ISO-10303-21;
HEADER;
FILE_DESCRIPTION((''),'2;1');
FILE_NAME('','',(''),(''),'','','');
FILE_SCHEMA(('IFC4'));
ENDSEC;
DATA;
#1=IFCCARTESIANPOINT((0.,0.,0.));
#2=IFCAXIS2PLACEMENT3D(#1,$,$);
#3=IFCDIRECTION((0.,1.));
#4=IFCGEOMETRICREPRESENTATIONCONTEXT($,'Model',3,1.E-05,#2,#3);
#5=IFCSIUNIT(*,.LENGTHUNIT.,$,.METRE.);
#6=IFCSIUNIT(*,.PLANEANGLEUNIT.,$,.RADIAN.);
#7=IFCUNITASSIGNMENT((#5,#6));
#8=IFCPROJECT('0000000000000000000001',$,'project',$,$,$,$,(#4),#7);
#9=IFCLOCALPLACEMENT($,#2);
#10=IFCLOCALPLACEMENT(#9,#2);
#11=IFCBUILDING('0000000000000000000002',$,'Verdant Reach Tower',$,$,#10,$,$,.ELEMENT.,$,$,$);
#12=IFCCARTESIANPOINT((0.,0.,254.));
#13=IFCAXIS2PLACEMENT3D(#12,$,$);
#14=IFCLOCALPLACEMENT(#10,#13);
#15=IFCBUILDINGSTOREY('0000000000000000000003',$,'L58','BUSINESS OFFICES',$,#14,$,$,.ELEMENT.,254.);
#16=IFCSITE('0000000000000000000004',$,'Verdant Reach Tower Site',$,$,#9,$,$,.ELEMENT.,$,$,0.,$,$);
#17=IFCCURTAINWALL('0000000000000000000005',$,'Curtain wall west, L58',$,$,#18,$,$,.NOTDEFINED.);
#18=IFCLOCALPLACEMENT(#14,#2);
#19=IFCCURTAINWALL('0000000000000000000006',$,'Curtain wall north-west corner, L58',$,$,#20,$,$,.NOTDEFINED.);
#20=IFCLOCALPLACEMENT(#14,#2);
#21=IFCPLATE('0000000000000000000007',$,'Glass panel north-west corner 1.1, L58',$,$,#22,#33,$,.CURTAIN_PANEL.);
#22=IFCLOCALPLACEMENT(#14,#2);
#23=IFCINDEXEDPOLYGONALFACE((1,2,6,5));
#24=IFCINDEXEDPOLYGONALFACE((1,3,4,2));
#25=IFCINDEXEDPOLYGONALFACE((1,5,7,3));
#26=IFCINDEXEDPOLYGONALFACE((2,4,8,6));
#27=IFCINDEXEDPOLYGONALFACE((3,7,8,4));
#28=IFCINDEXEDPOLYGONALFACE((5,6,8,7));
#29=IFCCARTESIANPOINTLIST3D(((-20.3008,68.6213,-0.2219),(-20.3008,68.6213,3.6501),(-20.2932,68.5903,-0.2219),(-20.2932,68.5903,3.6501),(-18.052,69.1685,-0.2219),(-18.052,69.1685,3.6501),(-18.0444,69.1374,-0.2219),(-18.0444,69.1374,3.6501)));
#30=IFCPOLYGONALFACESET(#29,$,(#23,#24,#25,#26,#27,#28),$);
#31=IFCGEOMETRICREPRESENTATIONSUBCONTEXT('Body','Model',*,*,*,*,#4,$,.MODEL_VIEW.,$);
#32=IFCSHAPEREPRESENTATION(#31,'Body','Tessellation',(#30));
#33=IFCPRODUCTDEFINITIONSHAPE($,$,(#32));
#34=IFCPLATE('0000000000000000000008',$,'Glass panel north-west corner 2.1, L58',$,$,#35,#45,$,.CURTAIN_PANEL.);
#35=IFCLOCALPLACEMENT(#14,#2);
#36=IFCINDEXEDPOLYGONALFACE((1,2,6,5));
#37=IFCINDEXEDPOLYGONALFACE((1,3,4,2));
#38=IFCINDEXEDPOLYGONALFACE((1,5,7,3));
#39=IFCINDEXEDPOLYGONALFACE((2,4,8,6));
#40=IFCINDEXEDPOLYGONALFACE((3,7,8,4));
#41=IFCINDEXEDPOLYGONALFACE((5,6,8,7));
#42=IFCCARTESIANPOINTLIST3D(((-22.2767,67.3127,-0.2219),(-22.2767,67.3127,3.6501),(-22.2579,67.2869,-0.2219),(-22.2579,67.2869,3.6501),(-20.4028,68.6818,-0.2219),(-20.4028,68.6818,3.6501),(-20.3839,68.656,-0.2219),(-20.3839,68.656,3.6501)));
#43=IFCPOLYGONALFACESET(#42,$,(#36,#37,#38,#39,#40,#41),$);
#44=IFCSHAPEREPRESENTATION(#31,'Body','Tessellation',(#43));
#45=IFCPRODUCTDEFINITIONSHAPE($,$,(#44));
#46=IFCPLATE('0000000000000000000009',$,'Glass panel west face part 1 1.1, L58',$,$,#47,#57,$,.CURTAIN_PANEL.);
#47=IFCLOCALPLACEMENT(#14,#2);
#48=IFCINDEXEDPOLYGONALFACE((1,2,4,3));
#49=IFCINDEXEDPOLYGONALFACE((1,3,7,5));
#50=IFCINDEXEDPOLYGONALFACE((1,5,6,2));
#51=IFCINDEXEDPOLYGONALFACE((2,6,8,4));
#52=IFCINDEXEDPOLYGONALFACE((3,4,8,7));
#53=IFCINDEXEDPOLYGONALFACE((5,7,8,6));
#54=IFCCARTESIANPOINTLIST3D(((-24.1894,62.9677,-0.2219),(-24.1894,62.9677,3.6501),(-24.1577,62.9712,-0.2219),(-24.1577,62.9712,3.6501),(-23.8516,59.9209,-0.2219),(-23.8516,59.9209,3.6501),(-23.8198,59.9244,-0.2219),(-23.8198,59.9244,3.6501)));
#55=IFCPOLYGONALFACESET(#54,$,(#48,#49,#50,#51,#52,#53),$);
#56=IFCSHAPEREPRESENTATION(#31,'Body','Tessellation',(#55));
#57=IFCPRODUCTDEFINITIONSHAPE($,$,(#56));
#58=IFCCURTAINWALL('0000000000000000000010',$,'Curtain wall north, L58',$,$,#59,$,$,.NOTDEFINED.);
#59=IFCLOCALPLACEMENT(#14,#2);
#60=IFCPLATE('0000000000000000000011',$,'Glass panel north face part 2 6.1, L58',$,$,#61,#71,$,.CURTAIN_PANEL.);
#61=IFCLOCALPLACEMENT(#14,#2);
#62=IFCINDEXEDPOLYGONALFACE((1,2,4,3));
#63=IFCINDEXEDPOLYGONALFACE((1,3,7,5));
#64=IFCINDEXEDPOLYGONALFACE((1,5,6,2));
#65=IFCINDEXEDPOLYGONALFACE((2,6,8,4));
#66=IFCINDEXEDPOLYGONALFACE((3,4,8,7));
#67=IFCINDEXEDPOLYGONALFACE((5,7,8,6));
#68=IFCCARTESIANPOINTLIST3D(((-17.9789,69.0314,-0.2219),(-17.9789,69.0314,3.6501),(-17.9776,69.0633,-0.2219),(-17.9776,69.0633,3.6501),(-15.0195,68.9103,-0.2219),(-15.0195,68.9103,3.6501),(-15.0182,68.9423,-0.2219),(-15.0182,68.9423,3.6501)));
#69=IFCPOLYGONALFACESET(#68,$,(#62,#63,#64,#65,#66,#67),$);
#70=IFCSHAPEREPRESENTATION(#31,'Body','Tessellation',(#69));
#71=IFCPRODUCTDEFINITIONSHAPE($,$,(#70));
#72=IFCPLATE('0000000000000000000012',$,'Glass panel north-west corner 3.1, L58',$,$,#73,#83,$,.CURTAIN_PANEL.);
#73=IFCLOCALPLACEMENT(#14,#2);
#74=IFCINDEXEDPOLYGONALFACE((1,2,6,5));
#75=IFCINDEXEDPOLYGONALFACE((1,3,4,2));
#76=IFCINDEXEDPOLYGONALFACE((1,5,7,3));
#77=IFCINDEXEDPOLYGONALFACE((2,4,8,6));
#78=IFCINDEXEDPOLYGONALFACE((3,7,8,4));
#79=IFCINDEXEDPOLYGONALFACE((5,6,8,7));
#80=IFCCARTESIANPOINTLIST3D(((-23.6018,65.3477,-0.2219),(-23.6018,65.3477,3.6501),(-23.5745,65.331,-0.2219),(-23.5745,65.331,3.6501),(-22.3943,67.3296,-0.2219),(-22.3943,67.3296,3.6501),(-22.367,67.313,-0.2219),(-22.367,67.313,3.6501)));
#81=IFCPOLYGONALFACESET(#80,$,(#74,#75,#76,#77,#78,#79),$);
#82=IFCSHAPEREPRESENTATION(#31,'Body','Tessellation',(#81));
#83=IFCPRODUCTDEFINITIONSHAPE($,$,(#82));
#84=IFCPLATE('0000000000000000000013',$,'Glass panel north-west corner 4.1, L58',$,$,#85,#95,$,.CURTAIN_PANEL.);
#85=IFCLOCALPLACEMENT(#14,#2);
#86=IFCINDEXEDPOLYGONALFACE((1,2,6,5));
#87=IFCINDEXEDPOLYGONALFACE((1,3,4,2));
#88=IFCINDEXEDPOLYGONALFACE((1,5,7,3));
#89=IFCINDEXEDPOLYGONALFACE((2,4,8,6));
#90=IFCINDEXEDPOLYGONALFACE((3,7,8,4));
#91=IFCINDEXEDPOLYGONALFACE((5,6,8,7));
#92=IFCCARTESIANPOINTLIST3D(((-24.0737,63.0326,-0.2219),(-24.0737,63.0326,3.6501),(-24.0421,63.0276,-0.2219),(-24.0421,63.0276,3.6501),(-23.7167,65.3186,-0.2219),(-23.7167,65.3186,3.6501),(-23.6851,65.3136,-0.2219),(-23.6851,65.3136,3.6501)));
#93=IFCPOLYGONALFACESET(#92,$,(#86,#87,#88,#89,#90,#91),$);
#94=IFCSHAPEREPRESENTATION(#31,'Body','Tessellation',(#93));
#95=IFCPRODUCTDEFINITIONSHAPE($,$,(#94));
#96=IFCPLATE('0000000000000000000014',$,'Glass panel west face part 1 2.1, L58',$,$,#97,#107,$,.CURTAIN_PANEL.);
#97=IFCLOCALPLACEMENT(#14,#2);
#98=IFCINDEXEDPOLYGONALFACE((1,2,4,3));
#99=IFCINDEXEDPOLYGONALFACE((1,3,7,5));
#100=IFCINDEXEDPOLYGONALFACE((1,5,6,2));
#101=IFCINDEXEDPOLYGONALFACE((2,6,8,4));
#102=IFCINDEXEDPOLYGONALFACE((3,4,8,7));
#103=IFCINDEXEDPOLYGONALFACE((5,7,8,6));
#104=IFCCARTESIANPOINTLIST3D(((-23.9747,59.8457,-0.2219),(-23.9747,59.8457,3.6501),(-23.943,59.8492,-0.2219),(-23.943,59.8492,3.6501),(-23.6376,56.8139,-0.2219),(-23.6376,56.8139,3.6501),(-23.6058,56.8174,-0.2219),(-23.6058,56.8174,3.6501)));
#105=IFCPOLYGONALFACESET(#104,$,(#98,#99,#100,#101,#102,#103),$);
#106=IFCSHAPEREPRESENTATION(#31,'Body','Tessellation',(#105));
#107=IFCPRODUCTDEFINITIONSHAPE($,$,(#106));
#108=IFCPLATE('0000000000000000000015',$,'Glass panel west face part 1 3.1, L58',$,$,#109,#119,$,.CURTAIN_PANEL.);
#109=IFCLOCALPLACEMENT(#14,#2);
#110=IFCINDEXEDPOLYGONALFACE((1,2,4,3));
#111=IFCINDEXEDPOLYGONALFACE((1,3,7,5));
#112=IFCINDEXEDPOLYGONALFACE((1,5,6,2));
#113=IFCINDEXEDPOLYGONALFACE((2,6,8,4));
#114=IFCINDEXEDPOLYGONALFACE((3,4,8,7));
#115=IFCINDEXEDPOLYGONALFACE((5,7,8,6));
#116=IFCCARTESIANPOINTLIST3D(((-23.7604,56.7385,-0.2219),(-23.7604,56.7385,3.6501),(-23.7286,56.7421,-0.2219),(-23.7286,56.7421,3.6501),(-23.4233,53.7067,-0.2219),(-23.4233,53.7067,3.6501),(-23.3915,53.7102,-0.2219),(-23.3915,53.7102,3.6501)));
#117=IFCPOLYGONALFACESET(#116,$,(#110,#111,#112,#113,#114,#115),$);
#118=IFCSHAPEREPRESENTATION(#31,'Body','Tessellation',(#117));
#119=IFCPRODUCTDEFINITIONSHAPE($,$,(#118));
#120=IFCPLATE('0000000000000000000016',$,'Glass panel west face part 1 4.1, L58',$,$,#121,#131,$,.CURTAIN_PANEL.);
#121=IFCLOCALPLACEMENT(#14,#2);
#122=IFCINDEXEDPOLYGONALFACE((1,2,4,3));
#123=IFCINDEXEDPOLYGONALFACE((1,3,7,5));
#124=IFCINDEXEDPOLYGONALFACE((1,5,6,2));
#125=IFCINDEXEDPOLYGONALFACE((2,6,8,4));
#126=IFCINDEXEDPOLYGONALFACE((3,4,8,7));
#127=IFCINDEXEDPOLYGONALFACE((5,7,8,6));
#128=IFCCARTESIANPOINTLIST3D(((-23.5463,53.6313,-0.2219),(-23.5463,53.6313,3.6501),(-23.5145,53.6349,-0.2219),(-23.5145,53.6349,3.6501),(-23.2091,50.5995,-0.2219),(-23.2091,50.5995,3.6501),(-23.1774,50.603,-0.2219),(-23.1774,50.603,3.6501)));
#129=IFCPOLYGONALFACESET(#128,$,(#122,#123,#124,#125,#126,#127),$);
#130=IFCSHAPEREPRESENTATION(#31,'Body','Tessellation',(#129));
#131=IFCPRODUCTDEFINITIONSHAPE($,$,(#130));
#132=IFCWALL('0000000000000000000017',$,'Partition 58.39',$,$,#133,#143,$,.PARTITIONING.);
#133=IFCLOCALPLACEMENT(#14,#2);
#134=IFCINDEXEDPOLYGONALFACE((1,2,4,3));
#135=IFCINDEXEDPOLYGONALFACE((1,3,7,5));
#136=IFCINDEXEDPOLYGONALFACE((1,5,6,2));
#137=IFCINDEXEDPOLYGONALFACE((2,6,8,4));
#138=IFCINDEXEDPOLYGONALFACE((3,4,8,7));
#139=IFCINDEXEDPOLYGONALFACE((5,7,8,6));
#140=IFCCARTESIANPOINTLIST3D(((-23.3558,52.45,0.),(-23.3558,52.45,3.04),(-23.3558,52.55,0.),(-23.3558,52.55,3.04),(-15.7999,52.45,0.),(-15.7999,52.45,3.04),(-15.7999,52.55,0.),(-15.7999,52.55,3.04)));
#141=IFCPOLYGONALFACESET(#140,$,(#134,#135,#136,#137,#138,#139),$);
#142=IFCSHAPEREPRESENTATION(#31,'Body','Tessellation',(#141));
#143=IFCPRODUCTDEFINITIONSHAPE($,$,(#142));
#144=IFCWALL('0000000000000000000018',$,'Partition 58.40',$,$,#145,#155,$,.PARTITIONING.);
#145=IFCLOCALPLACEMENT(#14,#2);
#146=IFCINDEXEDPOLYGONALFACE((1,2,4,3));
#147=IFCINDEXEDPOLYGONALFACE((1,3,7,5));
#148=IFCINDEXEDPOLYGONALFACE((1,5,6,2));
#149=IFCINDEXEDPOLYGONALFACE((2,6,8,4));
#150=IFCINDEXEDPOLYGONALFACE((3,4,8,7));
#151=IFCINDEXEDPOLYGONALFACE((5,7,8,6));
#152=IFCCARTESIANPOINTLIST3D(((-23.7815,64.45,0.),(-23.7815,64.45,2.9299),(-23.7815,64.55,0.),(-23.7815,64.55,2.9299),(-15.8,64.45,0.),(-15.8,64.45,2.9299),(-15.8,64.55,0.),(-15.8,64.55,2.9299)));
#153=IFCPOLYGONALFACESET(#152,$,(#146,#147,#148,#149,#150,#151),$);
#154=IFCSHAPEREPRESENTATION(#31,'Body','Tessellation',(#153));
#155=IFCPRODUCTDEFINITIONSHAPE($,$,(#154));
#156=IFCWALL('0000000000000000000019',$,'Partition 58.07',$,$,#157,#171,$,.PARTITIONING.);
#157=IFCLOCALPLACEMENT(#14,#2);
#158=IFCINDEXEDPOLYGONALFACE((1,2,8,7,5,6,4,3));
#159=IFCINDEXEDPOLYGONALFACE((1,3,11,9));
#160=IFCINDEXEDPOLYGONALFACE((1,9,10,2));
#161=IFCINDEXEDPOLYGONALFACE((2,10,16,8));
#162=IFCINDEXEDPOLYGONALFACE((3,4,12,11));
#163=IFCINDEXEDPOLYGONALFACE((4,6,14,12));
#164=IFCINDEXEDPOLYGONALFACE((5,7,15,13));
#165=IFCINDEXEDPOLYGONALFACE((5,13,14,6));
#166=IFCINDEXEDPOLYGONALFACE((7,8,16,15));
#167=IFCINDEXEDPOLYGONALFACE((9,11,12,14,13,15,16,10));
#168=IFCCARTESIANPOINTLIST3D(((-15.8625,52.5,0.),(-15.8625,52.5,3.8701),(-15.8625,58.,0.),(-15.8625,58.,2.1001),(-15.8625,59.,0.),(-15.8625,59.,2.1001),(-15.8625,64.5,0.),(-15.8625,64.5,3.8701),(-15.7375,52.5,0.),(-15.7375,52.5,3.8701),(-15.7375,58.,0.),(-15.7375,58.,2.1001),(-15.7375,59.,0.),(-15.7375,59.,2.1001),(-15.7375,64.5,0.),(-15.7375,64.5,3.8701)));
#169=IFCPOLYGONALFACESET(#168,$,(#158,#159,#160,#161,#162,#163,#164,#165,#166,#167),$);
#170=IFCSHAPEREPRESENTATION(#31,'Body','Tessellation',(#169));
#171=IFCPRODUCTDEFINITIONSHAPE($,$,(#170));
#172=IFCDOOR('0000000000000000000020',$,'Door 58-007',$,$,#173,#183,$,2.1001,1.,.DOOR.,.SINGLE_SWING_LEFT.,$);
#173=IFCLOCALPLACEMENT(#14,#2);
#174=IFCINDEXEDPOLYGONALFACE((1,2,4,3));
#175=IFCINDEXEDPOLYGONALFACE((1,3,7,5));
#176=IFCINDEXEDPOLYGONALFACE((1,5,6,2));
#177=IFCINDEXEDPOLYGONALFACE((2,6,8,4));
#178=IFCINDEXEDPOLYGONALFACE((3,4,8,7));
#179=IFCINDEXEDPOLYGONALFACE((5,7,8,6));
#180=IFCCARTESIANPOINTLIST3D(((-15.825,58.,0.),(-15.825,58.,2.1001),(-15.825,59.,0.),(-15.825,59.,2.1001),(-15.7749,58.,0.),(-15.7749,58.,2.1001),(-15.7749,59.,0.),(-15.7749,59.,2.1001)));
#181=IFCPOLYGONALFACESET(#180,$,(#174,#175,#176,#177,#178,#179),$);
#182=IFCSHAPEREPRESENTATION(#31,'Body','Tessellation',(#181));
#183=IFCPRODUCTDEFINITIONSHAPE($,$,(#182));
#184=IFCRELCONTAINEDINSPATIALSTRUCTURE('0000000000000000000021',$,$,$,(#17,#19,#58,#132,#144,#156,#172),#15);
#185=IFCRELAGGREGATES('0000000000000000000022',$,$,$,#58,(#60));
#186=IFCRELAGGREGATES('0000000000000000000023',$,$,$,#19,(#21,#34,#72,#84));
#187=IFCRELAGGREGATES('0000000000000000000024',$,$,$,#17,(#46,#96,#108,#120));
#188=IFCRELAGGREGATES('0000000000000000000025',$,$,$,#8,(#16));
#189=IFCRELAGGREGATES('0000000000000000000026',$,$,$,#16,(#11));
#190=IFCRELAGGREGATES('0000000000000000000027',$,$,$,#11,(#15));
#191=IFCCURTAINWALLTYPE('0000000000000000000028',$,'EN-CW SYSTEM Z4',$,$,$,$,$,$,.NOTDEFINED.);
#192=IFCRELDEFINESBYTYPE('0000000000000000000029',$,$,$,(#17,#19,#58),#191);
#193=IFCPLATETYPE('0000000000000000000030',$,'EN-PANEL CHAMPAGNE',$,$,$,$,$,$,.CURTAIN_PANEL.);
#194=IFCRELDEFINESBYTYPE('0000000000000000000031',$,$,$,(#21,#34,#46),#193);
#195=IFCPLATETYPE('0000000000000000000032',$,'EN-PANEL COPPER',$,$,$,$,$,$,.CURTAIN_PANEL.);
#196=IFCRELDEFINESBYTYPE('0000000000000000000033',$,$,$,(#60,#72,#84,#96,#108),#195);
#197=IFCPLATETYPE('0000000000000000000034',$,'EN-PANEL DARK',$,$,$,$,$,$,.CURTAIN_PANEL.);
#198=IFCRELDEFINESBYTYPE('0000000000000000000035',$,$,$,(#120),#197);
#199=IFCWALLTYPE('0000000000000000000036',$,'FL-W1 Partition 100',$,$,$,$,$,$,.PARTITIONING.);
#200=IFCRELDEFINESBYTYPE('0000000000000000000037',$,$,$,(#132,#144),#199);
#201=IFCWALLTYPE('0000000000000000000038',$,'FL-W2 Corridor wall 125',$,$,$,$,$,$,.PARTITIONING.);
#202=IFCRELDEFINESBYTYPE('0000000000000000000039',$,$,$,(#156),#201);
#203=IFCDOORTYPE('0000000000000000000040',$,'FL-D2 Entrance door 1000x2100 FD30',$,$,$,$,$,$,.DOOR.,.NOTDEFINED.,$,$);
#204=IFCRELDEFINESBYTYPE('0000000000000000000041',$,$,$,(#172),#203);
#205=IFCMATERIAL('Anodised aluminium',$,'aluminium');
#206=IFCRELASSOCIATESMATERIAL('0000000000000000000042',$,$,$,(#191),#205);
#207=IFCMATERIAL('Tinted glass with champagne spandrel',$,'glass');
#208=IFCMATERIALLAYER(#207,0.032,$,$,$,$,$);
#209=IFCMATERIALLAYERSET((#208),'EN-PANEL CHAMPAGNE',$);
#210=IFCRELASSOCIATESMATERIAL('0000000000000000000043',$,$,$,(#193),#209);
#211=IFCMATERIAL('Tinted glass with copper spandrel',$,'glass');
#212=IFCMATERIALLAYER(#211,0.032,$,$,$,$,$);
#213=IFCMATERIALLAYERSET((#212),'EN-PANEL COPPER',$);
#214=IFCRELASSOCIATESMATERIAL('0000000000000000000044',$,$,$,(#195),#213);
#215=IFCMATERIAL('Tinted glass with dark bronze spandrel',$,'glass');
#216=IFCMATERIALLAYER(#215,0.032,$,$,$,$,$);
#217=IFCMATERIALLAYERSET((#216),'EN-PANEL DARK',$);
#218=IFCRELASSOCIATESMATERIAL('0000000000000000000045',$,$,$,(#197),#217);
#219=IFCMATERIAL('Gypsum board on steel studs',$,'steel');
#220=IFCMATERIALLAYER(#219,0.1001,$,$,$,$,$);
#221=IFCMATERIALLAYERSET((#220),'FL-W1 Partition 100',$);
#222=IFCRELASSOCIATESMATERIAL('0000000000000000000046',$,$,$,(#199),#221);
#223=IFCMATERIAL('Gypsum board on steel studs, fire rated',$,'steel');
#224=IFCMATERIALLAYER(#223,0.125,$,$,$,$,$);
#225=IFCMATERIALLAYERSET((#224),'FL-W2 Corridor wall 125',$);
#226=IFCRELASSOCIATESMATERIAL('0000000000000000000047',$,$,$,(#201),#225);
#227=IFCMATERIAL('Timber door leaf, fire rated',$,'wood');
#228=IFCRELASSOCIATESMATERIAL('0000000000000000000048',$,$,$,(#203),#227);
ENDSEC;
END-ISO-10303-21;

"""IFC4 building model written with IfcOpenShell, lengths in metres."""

from ifc_helpers import new_model, si_unit, direction, frame, frame_2d, origin, origin_2d, place, context, subcontext, project, spatial, rectangle, extrude, material, layer, layer_set, type_object, element, fill, aggregate, save


model = new_model("IFC4")

# Units and contexts
model_context = context("Model", 3, precision=1e-05, world=origin(), true_north=direction((0.0, 1.0)))
body_context = subcontext(model_context, "Body", "Model", "MODEL_VIEW")
ifc_project = project(units=[si_unit("LENGTHUNIT", "METRE"), si_unit("PLANEANGLEUNIT", "RADIAN")], contexts=[model_context])

# Site, building, storey
site_placement = place(None, origin())
site = spatial("IfcSite", under=ifc_project, at=site_placement, Name="Verdant Reach Tower Site", CompositionType="ELEMENT", RefElevation=0.0)
building_placement = place(site_placement, origin())
building = spatial("IfcBuilding", under=site, at=building_placement, Name="Verdant Reach Tower", CompositionType="ELEMENT")
storey_placement = place(building_placement, frame((0.0, 0.0, 254.0)))
storey = spatial("IfcBuildingStorey", under=building, at=storey_placement, Name="L58", Description="BUSINESS OFFICES", CompositionType="ELEMENT", Elevation=254.0)

# Curtain wall
ifc_material_1 = material(Name="Anodised aluminium", Category="aluminium")
curtain_wall_type = type_object("IfcCurtainWallType", Name="EN-CW SYSTEM Z4", PredefinedType="NOTDEFINED", material=ifc_material_1)
curtain_wall_1_placement = place(storey_placement, origin())
curtain_wall_1 = element("IfcCurtainWall", 1, at=curtain_wall_1_placement, inside=storey, type_object=curtain_wall_type, Name="Curtain wall west, L58", PredefinedType="NOTDEFINED")

# Curtain wall, plates
curtain_wall_2_placement = place(storey_placement, origin())
curtain_wall_2 = element("IfcCurtainWall", 2, at=curtain_wall_2_placement, inside=storey, type_object=curtain_wall_type, Name="Curtain wall north-west corner, L58", PredefinedType="NOTDEFINED")
ifc_material_2 = material(Name="Tinted glass with champagne spandrel", Category="glass")
ifc_layer_1 = layer(ifc_material_2, 0.032)
ifc_layer_set_1 = layer_set([ifc_layer_1], Name="EN-PANEL CHAMPAGNE")
plate_type_1 = type_object("IfcPlateType", Name="EN-PANEL CHAMPAGNE", PredefinedType="CURTAIN_PANEL", material=ifc_layer_set_1)
plate_1_placement = place(storey_placement, frame((-19.1726, 68.8794, -0.2219), z_axis=(0.0, 0.0, 1.0), x_axis=(-0.971652, -0.236414, 0.0)))
plate_1 = element("IfcPlate", 3, at=plate_1_placement, type_object=plate_type_1, Name="Glass panel north-west corner 1.1, L58", PredefinedType="CURTAIN_PANEL", context=body_context, shape_type="SweptSolid", body=[
    extrude(rectangle(XDim=2.3145, YDim=0.032, at=origin_2d()), origin(), (0.0, 0.0, 1.0), 3.8721),
])
plate_2_placement = place(storey_placement, frame((-21.3303, 67.9844, -0.2219), z_axis=(0.0, 0.0, 1.0), x_axis=(-0.807457, -0.589927, 0.0)))
plate_2 = element("IfcPlate", 4, at=plate_2_placement, type_object=plate_type_1, Name="Glass panel north-west corner 2.1, L58", PredefinedType="CURTAIN_PANEL", context=body_context, shape_type="SweptSolid", body=[
    extrude(rectangle(XDim=2.3208, YDim=0.032, at=origin_2d()), origin(), (0.0, 0.0, 1.0), 3.8721),
])

# Plate
plate_3_placement = place(storey_placement, frame((-24.0046, 61.446, -0.2219), z_axis=(0.0, 0.0, 1.0), x_axis=(0.110206, -0.993909, 0.0)))
plate_3 = element("IfcPlate", 5, at=plate_3_placement, type_object=plate_type_1, Name="Glass panel west face part 1 1.1, L58", PredefinedType="CURTAIN_PANEL", context=body_context, shape_type="SweptSolid", body=[
    extrude(rectangle(XDim=3.0654, YDim=0.032, at=origin_2d()), origin(), (0.0, 0.0, 1.0), 3.8721),
])

# Curtain wall, plate
curtain_wall_3_placement = place(storey_placement, origin())
curtain_wall_3 = element("IfcCurtainWall", 6, at=curtain_wall_3_placement, inside=storey, type_object=curtain_wall_type, Name="Curtain wall north, L58", PredefinedType="NOTDEFINED")
ifc_material_3 = material(Name="Tinted glass with copper spandrel", Category="glass")
ifc_layer_2 = layer(ifc_material_3, 0.032)
ifc_layer_set_2 = layer_set([ifc_layer_2], Name="EN-PANEL COPPER")
plate_type_2 = type_object("IfcPlateType", Name="EN-PANEL COPPER", PredefinedType="CURTAIN_PANEL", material=ifc_layer_set_2)
plate_4_placement = place(storey_placement, frame((-16.4985, 68.9868, -0.2219), z_axis=(0.0, 0.0, 1.0), x_axis=(-0.999164, 0.040881, 0.0)))
plate_4 = element("IfcPlate", 7, at=plate_4_placement, type_object=plate_type_2, Name="Glass panel north face part 2 6.1, L58", PredefinedType="CURTAIN_PANEL", context=body_context, shape_type="SweptSolid", body=[
    extrude(rectangle(XDim=2.9619, YDim=0.032, at=origin_2d()), origin(), (0.0, 0.0, 1.0), 3.8721),
])
aggregate(curtain_wall_3, [plate_4])

# Plates
plate_5_placement = place(storey_placement, frame((-22.9844, 66.3303, -0.2219), z_axis=(0.0, 0.0, 1.0), x_axis=(-0.520292, -0.853989, 0.0)))
plate_5 = element("IfcPlate", 8, at=plate_5_placement, type_object=plate_type_2, Name="Glass panel north-west corner 3.1, L58", PredefinedType="CURTAIN_PANEL", context=body_context, shape_type="SweptSolid", body=[
    extrude(rectangle(XDim=2.3208, YDim=0.032, at=origin_2d()), origin(), (0.0, 0.0, 1.0), 3.8721),
])
plate_6_placement = place(storey_placement, frame((-23.8794, 64.1731, -0.2219), z_axis=(0.0, 0.0, 1.0), x_axis=(-0.154325, -0.98802, 0.0)))
plate_6 = element("IfcPlate", 9, at=plate_6_placement, type_object=plate_type_2, Name="Glass panel north-west corner 4.1, L58", PredefinedType="CURTAIN_PANEL", context=body_context, shape_type="SweptSolid", body=[
    extrude(rectangle(XDim=2.3137, YDim=0.032, at=origin_2d()), origin(), (0.0, 0.0, 1.0), 3.8721),
])
aggregate(curtain_wall_2, [plate_1, plate_2, plate_5, plate_6])
plate_7_placement = place(storey_placement, frame((-23.7903, 58.3315, -0.2219), z_axis=(0.0, 0.0, 1.0), x_axis=(0.110518, -0.993874, 0.0)))
plate_7 = element("IfcPlate", 10, at=plate_7_placement, type_object=plate_type_2, Name="Glass panel west face part 1 2.1, L58", PredefinedType="CURTAIN_PANEL", context=body_context, shape_type="SweptSolid", body=[
    extrude(rectangle(XDim=3.0505, YDim=0.032, at=origin_2d()), origin(), (0.0, 0.0, 1.0), 3.8721),
])
plate_8_placement = place(storey_placement, frame((-23.5759, 55.2244, -0.2219), z_axis=(0.0, 0.0, 1.0), x_axis=(0.110518, -0.993874, 0.0)))
plate_8 = element("IfcPlate", 11, at=plate_8_placement, type_object=plate_type_2, Name="Glass panel west face part 1 3.1, L58", PredefinedType="CURTAIN_PANEL", context=body_context, shape_type="SweptSolid", body=[
    extrude(rectangle(XDim=3.0505, YDim=0.032, at=origin_2d()), origin(), (0.0, 0.0, 1.0), 3.8721),
])
ifc_material_4 = material(Name="Tinted glass with dark bronze spandrel", Category="glass")
ifc_layer_3 = layer(ifc_material_4, 0.032)
ifc_layer_set_3 = layer_set([ifc_layer_3], Name="EN-PANEL DARK")
plate_type_3 = type_object("IfcPlateType", Name="EN-PANEL DARK", PredefinedType="CURTAIN_PANEL", material=ifc_layer_set_3)
plate_9_placement = place(storey_placement, frame((-23.3618, 52.1172, -0.2219), z_axis=(0.0, 0.0, 1.0), x_axis=(0.110518, -0.993874, 0.0)))
plate_9 = element("IfcPlate", 12, at=plate_9_placement, type_object=plate_type_3, Name="Glass panel west face part 1 4.1, L58", PredefinedType="CURTAIN_PANEL", context=body_context, shape_type="SweptSolid", body=[
    extrude(rectangle(XDim=3.0505, YDim=0.032, at=origin_2d()), origin(), (0.0, 0.0, 1.0), 3.8721),
])
aggregate(curtain_wall_1, [plate_3, plate_7, plate_8, plate_9])

# Walls
ifc_material_5 = material(Name="Gypsum board on steel studs", Category="steel")
ifc_layer_4 = layer(ifc_material_5, 0.1001)
ifc_layer_set_4 = layer_set([ifc_layer_4], Name="FL-W1 Partition 100")
wall_type_1 = type_object("IfcWallType", Name="FL-W1 Partition 100", PredefinedType="PARTITIONING", material=ifc_layer_set_4)
wall_1_placement = place(storey_placement, frame((-15.8, 52.5, 0.0), z_axis=(0.0, 0.0, 1.0), x_axis=(-1.0, 0.0, 0.0)))
element("IfcWall", 13, at=wall_1_placement, inside=storey, type_object=wall_type_1, Name="Partition 58.39", PredefinedType="PARTITIONING", context=body_context, shape_type="SweptSolid", body=[
    extrude(rectangle(XDim=7.5559, YDim=0.1001, at=frame_2d((3.7778, 0.0))), origin(), (0.0, 0.0, 1.0), 3.04),
])
wall_2_placement = place(storey_placement, frame((-15.8, 64.5, 0.0), z_axis=(0.0, 0.0, 1.0), x_axis=(-1.0, 0.0, 0.0)))
element("IfcWall", 14, at=wall_2_placement, inside=storey, type_object=wall_type_1, Name="Partition 58.40", PredefinedType="PARTITIONING", context=body_context, shape_type="SweptSolid", body=[
    extrude(rectangle(XDim=7.9814, YDim=0.1001, at=frame_2d((3.9907, 0.0))), origin(), (0.0, 0.0, 1.0), 2.9299),
])

# Wall, opening, door
ifc_material_6 = material(Name="Gypsum board on steel studs, fire rated", Category="steel")
ifc_layer_5 = layer(ifc_material_6, 0.125)
ifc_layer_set_5 = layer_set([ifc_layer_5], Name="FL-W2 Corridor wall 125")
wall_type_2 = type_object("IfcWallType", Name="FL-W2 Corridor wall 125", PredefinedType="PARTITIONING", material=ifc_layer_set_5)
wall_3_placement = place(storey_placement, frame((-15.8, 52.5, 0.0), z_axis=(0.0, 0.0, 1.0), x_axis=(0.0, 1.0, 0.0)))
wall_3 = element("IfcWall", 15, at=wall_3_placement, inside=storey, type_object=wall_type_2, Name="Partition 58.07", PredefinedType="PARTITIONING", context=body_context, shape_type="SweptSolid", body=[
    extrude(rectangle(XDim=12.0, YDim=0.125, at=frame_2d((6.0, 0.0))), origin(), (0.0, 0.0, 1.0), 3.8701),
])
opening_1_placement = place(wall_3_placement, frame((5.5, 0.0, 0.0)))
opening_1 = element("IfcOpeningElement", 16, at=opening_1_placement, cuts=wall_3, PredefinedType="OPENING", context=body_context, shape_type="SweptSolid", body=[
    extrude(rectangle(XDim=1.0, YDim=2.1001, at=frame_2d((0.5, 1.05))), frame((0.0, 0.0725, 0.0), z_axis=(0.0, -1.0, 0.0), x_axis=(1.0, 0.0, 0.0)), (0.0, 0.0, 1.0), 0.145),
])
ifc_material_7 = material(Name="Timber door leaf, fire rated", Category="wood")
door_type = type_object("IfcDoorType", Name="FL-D2 Entrance door 1000x2100 FD30", OperationType="NOTDEFINED", PredefinedType="DOOR", material=ifc_material_7)
door_1_placement = place(opening_1_placement, origin())
door_1 = element("IfcDoor", 17, at=door_1_placement, inside=storey, type_object=door_type, Name="Door 58-007", OperationType="SINGLE_SWING_LEFT", OverallHeight=2.1001, OverallWidth=1.0, PredefinedType="DOOR", context=body_context, shape_type="SweptSolid", body=[
    extrude(rectangle(XDim=1.0, YDim=2.1001, at=frame_2d((0.5, 1.05))), frame((0.0, 0.0249, 0.0), z_axis=(0.0, -1.0, 0.0), x_axis=(1.0, 0.0, 0.0)), (0.0, 0.0, 1.0), 0.05),
])
fill(opening_1, door_1)

save(model, "model.ifc")
